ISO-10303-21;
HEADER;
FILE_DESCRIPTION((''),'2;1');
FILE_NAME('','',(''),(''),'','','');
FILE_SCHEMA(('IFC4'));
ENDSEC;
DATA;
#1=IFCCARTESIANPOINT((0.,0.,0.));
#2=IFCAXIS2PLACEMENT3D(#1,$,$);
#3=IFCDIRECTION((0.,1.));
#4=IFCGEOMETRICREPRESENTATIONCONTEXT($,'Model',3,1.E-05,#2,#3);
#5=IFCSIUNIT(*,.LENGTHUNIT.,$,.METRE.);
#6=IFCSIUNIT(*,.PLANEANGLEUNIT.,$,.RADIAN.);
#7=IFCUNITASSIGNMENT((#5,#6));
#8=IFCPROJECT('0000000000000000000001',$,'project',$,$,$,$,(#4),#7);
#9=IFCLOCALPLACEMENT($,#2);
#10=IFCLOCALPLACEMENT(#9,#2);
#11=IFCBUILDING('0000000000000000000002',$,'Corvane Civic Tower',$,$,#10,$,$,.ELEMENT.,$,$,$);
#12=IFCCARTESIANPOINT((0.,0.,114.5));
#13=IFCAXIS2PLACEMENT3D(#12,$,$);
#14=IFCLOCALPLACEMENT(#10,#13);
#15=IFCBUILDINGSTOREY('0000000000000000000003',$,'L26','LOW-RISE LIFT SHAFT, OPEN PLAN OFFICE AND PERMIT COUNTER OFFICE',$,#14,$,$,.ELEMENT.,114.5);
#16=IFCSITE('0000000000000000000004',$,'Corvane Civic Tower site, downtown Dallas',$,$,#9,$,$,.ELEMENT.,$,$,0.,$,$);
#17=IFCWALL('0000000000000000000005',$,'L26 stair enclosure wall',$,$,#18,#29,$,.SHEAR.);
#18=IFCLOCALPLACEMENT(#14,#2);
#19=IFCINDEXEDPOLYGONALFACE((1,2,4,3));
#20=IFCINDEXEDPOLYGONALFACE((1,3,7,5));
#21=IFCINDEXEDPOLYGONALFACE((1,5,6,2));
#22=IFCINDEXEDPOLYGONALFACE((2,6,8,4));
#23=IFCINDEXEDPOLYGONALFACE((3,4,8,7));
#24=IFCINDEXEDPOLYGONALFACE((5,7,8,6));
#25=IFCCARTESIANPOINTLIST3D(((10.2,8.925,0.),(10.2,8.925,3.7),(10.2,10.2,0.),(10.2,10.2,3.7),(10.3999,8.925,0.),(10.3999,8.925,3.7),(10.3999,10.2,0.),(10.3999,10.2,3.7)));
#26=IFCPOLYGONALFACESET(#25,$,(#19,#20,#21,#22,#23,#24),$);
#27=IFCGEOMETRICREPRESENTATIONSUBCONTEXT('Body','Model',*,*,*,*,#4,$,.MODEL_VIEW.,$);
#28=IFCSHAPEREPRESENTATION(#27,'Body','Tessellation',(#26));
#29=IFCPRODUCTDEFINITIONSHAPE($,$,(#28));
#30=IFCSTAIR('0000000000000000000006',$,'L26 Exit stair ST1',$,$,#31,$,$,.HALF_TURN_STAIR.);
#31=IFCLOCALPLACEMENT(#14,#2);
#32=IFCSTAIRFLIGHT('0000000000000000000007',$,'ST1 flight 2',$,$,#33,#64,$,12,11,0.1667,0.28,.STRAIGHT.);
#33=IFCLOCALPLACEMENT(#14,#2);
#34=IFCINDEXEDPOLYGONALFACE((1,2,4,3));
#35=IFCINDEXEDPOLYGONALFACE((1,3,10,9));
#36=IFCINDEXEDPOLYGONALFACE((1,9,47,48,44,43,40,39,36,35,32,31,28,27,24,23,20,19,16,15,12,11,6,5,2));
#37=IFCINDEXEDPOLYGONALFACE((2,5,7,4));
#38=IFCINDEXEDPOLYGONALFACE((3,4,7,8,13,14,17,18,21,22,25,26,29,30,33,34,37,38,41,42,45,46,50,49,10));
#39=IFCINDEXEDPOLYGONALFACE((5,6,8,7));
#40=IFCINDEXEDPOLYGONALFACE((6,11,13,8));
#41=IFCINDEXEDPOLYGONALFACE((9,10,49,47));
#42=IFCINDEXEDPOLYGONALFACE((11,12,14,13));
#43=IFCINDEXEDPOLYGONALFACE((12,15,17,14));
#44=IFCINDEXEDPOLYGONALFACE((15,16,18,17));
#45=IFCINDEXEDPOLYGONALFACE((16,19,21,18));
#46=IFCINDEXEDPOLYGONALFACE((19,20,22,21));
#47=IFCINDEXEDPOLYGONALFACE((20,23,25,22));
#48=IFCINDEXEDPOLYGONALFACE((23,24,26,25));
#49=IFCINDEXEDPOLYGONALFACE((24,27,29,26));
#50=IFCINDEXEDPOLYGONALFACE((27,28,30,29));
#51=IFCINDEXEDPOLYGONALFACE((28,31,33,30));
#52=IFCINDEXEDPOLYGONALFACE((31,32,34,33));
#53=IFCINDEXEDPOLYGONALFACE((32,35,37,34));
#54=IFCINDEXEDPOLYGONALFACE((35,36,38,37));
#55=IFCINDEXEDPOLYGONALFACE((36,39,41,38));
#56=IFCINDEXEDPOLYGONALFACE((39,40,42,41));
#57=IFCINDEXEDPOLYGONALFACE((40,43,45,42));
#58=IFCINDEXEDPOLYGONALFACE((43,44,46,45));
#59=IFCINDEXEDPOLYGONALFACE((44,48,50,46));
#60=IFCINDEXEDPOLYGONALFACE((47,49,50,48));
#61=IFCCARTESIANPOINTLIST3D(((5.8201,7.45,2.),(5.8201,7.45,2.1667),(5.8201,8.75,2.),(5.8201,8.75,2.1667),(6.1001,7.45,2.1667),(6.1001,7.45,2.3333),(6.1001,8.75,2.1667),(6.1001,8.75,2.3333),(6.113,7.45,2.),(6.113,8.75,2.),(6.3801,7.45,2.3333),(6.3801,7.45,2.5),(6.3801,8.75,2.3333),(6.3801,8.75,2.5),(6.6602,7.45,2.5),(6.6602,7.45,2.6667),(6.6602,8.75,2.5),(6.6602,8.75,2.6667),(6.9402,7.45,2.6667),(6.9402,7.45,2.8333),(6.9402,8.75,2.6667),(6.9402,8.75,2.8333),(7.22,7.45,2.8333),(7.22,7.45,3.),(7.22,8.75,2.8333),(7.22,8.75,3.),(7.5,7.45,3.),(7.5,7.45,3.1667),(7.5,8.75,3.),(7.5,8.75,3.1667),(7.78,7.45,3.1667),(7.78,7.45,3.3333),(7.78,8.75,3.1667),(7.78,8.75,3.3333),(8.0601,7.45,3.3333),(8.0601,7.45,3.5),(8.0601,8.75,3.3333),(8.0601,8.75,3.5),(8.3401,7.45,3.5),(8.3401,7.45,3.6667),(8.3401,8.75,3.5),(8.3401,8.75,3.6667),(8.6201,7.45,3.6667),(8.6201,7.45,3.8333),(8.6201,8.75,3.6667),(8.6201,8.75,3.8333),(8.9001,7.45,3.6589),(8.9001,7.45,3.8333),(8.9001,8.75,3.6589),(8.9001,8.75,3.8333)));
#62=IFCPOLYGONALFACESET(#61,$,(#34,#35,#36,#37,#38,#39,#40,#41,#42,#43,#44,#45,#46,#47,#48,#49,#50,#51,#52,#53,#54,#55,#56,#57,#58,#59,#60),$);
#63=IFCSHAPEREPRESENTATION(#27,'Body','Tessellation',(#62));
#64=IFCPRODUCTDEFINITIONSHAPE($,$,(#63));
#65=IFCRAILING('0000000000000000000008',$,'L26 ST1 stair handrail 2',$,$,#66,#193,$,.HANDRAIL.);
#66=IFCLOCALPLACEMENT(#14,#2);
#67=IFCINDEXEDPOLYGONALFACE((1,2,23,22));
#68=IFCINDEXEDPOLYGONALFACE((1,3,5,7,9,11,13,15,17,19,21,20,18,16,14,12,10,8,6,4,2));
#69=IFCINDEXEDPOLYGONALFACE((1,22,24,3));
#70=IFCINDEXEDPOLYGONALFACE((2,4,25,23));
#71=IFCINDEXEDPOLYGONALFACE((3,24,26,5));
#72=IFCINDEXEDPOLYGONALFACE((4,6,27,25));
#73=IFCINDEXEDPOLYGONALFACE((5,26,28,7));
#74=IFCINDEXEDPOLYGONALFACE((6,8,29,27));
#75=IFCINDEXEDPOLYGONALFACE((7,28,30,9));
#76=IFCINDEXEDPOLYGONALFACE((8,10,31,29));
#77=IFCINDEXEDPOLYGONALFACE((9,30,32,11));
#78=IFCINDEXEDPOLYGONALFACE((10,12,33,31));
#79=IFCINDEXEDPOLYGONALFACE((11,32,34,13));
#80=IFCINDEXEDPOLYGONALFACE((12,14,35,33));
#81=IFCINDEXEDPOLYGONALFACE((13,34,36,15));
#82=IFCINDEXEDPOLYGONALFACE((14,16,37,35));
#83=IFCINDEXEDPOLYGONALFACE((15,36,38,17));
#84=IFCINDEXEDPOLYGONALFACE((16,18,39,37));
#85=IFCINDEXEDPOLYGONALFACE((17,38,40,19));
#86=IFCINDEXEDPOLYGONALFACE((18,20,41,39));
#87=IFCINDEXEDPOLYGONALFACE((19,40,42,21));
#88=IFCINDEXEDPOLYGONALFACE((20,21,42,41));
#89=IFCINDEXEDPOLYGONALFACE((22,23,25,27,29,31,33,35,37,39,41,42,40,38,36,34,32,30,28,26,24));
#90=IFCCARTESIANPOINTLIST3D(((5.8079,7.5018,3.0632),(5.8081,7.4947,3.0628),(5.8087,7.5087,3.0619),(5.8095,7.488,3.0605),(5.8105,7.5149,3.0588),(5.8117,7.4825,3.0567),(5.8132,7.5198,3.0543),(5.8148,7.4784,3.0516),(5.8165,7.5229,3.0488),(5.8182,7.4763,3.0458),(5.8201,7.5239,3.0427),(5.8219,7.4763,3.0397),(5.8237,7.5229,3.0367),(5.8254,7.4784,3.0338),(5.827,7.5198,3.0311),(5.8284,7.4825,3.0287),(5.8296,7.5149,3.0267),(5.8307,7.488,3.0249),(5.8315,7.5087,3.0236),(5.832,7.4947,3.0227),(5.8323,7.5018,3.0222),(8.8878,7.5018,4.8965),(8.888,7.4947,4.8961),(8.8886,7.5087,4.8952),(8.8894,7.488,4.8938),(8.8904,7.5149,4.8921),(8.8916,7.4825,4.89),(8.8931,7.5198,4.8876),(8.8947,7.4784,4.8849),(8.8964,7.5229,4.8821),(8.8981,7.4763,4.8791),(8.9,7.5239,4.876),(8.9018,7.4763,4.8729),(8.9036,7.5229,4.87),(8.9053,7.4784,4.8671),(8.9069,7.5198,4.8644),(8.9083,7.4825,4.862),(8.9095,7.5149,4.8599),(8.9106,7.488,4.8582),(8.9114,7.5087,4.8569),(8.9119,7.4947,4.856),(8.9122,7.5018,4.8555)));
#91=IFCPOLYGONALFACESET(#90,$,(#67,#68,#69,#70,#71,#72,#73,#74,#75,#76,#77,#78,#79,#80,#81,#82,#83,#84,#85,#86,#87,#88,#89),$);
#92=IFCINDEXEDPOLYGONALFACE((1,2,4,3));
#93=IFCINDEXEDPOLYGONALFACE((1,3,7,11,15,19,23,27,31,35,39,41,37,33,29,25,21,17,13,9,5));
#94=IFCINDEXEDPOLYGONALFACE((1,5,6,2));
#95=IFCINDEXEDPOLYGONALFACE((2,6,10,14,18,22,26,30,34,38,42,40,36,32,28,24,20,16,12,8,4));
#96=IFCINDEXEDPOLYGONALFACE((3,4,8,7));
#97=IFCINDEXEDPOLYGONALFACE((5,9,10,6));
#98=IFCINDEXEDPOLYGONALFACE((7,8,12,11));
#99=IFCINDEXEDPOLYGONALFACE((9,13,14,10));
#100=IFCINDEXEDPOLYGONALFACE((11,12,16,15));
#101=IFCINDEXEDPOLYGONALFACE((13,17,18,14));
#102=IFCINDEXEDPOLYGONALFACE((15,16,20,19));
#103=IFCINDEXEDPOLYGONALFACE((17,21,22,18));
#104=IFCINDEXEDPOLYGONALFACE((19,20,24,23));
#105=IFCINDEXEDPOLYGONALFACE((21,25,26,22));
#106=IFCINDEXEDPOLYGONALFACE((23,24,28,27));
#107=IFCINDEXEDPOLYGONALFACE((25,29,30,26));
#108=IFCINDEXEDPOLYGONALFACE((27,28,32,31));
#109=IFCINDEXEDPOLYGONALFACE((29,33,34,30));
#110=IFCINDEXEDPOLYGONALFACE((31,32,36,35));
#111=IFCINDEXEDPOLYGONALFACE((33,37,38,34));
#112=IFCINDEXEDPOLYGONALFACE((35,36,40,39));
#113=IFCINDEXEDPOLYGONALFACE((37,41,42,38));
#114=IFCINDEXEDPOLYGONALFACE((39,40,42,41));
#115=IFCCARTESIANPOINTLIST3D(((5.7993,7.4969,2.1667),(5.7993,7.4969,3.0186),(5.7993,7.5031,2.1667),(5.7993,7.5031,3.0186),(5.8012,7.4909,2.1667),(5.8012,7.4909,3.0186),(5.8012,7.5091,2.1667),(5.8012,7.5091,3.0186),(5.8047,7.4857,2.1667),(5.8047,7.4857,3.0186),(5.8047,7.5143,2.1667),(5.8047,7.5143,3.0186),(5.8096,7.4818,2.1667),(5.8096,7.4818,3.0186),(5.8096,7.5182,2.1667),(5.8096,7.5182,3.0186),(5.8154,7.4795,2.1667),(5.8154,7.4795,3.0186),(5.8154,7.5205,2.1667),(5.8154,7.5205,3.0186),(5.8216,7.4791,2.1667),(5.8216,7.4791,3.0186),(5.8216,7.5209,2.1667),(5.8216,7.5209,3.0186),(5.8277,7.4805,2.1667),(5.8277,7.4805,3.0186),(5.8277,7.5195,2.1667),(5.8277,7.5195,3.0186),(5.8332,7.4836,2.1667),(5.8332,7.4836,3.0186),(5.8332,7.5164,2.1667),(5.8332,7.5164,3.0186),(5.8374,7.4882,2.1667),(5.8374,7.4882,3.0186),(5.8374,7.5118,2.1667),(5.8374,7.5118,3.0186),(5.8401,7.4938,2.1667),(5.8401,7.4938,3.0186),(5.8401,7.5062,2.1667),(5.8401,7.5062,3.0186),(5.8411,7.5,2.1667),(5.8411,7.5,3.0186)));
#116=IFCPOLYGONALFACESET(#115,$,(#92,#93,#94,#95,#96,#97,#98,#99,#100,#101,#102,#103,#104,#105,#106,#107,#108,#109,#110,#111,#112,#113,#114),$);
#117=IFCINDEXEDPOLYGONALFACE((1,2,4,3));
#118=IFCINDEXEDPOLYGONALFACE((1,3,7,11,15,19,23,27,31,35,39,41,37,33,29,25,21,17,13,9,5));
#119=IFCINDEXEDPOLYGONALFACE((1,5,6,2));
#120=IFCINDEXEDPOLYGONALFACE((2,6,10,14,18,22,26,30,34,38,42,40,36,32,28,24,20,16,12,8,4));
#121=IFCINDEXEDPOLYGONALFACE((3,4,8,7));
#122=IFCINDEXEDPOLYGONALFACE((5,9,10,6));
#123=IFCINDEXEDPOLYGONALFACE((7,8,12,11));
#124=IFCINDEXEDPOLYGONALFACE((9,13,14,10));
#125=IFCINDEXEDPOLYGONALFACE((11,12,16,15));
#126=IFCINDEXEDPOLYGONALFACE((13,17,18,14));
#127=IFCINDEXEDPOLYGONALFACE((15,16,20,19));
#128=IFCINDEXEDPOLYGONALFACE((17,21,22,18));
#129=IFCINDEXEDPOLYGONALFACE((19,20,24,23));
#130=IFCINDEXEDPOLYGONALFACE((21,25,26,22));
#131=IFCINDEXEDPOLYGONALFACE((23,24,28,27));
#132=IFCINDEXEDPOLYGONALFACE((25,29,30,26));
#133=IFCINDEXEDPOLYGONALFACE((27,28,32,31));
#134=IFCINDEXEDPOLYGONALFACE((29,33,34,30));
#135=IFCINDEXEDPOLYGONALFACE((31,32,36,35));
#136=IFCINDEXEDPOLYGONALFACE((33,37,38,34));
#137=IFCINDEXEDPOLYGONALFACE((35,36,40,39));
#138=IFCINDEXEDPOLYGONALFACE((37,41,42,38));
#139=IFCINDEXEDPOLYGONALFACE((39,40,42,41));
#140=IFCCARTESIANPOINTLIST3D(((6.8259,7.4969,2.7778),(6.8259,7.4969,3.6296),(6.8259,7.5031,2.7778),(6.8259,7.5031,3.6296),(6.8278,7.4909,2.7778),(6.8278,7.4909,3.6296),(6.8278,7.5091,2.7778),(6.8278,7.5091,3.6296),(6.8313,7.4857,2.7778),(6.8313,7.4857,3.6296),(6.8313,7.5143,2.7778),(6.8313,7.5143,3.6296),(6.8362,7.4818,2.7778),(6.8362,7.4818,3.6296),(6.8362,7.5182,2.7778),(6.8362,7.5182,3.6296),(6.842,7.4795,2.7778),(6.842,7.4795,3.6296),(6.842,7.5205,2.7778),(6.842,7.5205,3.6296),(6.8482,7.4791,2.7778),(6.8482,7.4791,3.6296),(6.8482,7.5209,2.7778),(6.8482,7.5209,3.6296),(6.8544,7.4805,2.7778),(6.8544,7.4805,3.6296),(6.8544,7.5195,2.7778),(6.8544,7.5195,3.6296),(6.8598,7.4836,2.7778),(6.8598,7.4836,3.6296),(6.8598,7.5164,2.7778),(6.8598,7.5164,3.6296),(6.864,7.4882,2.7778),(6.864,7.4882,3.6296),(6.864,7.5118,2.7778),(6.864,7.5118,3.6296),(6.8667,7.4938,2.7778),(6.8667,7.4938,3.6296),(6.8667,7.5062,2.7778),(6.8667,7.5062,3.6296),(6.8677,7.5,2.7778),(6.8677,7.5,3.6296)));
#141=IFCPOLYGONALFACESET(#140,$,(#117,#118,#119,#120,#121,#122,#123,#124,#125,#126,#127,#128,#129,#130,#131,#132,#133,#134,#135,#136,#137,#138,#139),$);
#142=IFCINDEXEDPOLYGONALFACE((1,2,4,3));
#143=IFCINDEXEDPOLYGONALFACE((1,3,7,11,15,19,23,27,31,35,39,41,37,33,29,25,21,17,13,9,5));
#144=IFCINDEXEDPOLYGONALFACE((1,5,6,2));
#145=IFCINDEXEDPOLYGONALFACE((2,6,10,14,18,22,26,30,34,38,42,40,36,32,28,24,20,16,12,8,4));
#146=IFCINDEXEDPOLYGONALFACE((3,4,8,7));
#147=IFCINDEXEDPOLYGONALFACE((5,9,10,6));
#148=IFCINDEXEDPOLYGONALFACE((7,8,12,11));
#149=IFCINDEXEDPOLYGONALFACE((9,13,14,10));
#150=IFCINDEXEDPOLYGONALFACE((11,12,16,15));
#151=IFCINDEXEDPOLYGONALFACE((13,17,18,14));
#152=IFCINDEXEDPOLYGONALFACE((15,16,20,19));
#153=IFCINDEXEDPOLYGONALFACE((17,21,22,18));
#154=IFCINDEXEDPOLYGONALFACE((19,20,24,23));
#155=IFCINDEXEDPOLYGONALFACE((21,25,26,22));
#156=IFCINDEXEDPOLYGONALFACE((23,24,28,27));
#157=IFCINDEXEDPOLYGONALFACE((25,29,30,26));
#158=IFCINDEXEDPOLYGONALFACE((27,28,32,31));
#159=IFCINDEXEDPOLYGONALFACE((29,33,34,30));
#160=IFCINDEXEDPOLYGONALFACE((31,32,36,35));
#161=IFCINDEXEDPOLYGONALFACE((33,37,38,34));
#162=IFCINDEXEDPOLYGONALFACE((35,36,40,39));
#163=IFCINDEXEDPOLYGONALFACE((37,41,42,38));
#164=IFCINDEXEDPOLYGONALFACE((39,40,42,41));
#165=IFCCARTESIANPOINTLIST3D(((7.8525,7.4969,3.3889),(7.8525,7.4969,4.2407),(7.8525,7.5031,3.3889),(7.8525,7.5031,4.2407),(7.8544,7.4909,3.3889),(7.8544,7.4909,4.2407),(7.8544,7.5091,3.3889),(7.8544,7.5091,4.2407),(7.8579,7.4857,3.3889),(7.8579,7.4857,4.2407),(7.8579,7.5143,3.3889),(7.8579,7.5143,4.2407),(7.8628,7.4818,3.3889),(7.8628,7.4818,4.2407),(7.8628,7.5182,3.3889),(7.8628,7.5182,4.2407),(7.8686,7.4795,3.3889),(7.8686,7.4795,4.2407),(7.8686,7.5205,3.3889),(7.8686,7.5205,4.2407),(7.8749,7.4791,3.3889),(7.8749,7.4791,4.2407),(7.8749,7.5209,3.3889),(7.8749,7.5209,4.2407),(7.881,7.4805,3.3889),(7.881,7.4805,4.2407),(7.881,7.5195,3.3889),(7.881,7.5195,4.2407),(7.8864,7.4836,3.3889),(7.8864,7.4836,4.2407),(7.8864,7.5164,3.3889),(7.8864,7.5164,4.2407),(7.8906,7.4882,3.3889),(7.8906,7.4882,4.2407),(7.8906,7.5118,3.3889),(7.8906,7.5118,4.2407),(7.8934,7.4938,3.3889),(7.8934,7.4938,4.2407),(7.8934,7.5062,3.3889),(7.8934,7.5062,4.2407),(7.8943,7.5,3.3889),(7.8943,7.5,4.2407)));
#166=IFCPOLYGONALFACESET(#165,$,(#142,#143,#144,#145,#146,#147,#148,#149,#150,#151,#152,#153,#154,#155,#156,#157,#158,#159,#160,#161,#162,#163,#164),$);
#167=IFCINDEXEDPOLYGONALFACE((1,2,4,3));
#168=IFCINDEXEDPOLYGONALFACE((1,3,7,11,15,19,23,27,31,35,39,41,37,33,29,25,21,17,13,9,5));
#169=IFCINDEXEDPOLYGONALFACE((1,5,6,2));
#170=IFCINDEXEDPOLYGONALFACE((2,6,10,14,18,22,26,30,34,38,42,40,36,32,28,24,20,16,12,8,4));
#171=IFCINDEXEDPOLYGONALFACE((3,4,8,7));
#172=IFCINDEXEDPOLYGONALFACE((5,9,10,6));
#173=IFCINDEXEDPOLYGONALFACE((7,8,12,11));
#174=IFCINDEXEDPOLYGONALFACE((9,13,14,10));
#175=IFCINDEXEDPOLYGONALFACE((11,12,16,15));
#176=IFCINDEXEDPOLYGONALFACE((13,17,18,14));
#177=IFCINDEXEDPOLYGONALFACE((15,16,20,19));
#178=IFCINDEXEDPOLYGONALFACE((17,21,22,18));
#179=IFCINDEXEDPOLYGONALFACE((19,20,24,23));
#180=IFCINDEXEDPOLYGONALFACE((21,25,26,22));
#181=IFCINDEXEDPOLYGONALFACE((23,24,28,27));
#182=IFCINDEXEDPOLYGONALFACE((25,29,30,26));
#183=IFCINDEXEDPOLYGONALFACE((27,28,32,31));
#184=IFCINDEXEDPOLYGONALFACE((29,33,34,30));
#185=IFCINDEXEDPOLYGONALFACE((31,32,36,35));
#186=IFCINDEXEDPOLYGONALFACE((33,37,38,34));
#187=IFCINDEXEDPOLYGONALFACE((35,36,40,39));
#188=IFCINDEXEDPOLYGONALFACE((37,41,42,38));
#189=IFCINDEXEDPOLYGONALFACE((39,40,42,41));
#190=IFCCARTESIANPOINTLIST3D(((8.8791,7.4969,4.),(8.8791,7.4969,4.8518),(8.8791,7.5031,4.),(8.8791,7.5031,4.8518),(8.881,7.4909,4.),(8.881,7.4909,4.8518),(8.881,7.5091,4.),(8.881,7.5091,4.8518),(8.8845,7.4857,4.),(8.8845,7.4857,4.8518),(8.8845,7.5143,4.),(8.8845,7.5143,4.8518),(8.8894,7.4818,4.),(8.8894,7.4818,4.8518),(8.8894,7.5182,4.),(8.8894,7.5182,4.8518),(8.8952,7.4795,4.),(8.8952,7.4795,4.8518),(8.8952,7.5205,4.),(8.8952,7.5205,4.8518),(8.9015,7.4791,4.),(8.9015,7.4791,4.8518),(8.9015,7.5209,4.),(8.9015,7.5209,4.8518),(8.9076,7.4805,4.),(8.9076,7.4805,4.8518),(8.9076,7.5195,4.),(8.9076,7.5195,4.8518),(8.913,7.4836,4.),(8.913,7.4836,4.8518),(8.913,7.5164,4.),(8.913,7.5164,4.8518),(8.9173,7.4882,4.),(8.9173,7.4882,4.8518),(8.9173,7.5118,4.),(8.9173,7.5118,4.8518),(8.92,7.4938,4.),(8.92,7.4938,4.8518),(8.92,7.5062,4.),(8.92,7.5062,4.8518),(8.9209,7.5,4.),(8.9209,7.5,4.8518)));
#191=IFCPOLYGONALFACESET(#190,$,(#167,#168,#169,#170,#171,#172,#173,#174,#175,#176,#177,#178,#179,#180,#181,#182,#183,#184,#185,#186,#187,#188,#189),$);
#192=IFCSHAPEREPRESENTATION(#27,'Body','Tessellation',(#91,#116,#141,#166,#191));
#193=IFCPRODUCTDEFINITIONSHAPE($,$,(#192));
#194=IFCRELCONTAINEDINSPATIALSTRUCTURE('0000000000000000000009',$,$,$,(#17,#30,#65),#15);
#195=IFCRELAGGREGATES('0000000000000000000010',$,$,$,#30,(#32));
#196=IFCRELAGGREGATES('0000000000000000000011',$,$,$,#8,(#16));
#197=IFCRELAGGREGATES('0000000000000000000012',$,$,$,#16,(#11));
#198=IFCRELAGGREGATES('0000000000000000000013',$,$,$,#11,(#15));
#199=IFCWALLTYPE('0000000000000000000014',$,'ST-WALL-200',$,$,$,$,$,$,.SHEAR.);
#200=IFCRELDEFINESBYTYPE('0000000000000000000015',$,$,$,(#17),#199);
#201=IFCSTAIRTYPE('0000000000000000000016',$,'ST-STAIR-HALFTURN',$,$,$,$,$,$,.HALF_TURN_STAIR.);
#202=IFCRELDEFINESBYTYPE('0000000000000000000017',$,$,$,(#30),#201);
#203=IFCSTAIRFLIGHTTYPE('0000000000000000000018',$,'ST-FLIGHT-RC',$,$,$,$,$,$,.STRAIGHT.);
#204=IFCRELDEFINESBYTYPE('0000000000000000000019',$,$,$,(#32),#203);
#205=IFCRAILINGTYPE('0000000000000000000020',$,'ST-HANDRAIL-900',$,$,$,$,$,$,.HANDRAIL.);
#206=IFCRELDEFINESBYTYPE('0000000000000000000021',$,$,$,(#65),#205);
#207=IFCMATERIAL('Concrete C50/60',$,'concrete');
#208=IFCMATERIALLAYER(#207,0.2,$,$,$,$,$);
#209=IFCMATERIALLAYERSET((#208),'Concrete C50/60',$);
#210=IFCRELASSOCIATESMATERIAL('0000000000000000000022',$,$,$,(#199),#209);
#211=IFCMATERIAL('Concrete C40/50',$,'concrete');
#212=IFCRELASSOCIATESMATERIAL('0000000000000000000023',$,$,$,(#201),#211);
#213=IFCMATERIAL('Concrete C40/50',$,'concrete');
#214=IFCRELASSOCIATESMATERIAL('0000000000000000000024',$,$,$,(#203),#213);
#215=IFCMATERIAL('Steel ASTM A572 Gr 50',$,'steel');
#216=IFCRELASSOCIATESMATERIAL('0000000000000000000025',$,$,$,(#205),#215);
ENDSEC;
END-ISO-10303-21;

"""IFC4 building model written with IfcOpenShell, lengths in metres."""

from ifc_helpers import new_model, si_unit, direction, frame, origin, origin_2d, place, context, subcontext, project, spatial, polyline, circle, outline, extrude, material, layer, layer_set, type_object, element, aggregate, save


model = new_model("IFC4")

# Units and contexts
model_context = context("Model", 3, precision=1e-05, world=origin(), true_north=direction((0.0, 1.0)))
body_context = subcontext(model_context, "Body", "Model", "MODEL_VIEW")
ifc_project = project(units=[si_unit("LENGTHUNIT", "METRE"), si_unit("PLANEANGLEUNIT", "RADIAN")], contexts=[model_context])

# Site, building, storey
site_placement = place(None, origin())
site = spatial("IfcSite", under=ifc_project, at=site_placement, Name="Corvane Civic Tower site, downtown Dallas", CompositionType="ELEMENT", RefElevation=0.0)
building_placement = place(site_placement, origin())
building = spatial("IfcBuilding", under=site, at=building_placement, Name="Corvane Civic Tower", CompositionType="ELEMENT")
storey_placement = place(building_placement, frame((0.0, 0.0, 114.5)))
storey = spatial("IfcBuildingStorey", under=building, at=storey_placement, Name="L26", Description="LOW-RISE LIFT SHAFT, OPEN PLAN OFFICE AND PERMIT COUNTER OFFICE", CompositionType="ELEMENT", Elevation=114.5)

# Shared definitions
ifc_material_1 = material(Name="Concrete C50/60", Category="concrete")
ifc_layer = layer(ifc_material_1, 0.2)
ifc_layer_set = layer_set([ifc_layer], Name="Concrete C50/60")
wall_type = type_object("IfcWallType", Name="ST-WALL-200", PredefinedType="SHEAR", material=ifc_layer_set)

# Wall
wall_1_placement = place(storey_placement, origin())
element("IfcWall", 1, at=wall_1_placement, inside=storey, type_object=wall_type, Name="L26 stair enclosure wall", PredefinedType="SHEAR", context=body_context, shape_type="SweptSolid", body=[
    extrude(outline(polyline([(10.3999, 8.925), (10.2, 8.925), (10.2, 10.2), (10.3999, 10.2), (10.3999, 8.925)])), origin(), (0.0, 0.0, 1.0), 3.7),
])

# Stair, stair flight
ifc_material_2 = material(Name="Concrete C40/50", Category="concrete")
stair_type = type_object("IfcStairType", Name="ST-STAIR-HALFTURN", PredefinedType="HALF_TURN_STAIR", material=ifc_material_2)
stair_placement = place(storey_placement, origin())
stair = element("IfcStair", 2, at=stair_placement, inside=storey, type_object=stair_type, Name="L26 Exit stair ST1", PredefinedType="HALF_TURN_STAIR")
ifc_material_3 = material(Name="Concrete C40/50", Category="concrete")
stair_flight_type = type_object("IfcStairFlightType", Name="ST-FLIGHT-RC", PredefinedType="STRAIGHT", material=ifc_material_3)
stair_flight_placement = place(storey_placement, frame((5.8201, 8.1001, 2.0), z_axis=(0.0, 0.0, 1.0), x_axis=(1.0, 0.0, 0.0)))
stair_flight = element("IfcStairFlight", 3, at=stair_flight_placement, type_object=stair_flight_type, Name="ST1 flight 2", NumberOfRisers=12, NumberOfTreads=11, PredefinedType="STRAIGHT", RiserHeight=0.1667, TreadLength=0.28, context=body_context, shape_type="SweptSolid", body=[
    extrude(outline(polyline([(0.0, 0.0), (0.0, 0.1667), (0.28, 0.1667), (0.28, 0.3333), (0.5601, 0.3333), (0.5601, 0.5), (0.8401, 0.5), (0.8401, 0.6667), (1.1201, 0.6667), (1.1201, 0.8333), (1.3999, 0.8333), (1.3999, 1.0), (1.6799, 1.0), (1.6799, 1.1667), (1.96, 1.1667), (1.96, 1.3333), (2.24, 1.3333), (2.24, 1.5), (2.52, 1.5), (2.52, 1.6667), (2.8, 1.6667), (2.8, 1.8333), (3.0801, 1.8333), (3.0801, 2.0), (3.0801, 1.6589), (0.293, 0.0), (0.0, 0.0)])), frame((0.0, 0.6499, 0.0), z_axis=(0.0, -1.0, 0.0), x_axis=(1.0, 0.0, 0.0)), (0.0, 0.0, 1.0), 1.3),
])
aggregate(stair, [stair_flight])

# Railing
ifc_material_4 = material(Name="Steel ASTM A572 Gr 50", Category="steel")
railing_type = type_object("IfcRailingType", Name="ST-HANDRAIL-900", PredefinedType="HANDRAIL", material=ifc_material_4)
railing_placement = place(storey_placement, frame((5.8201, 7.5, 2.1667)))
element("IfcRailing", 4, at=railing_placement, inside=storey, type_object=railing_type, Name="L26 ST1 stair handrail 2", PredefinedType="HANDRAIL", context=body_context, shape_type="SweptSolid", body=[
    extrude(circle(Radius=0.0239, at=origin_2d()), frame((0.0, 0.0, 0.876), z_axis=(0.859291, 0.0, 0.511487), x_axis=(0.0, 1.0, 0.0)), (0.0, 0.0, 1.0), 3.5842),
    extrude(circle(Radius=0.021, at=origin_2d()), origin(), (0.0, 0.0, 1.0), 0.8518),
    extrude(circle(Radius=0.021, at=origin_2d()), frame((1.0266, 0.0, 0.6111)), (0.0, 0.0, 1.0), 0.8518),
    extrude(circle(Radius=0.021, at=origin_2d()), frame((2.0532, 0.0, 1.2222)), (0.0, 0.0, 1.0), 0.8518),
    extrude(circle(Radius=0.021, at=origin_2d()), frame((3.0798, 0.0, 1.8333)), (0.0, 0.0, 1.0), 0.8518),
])

save(model, "model.ifc")
